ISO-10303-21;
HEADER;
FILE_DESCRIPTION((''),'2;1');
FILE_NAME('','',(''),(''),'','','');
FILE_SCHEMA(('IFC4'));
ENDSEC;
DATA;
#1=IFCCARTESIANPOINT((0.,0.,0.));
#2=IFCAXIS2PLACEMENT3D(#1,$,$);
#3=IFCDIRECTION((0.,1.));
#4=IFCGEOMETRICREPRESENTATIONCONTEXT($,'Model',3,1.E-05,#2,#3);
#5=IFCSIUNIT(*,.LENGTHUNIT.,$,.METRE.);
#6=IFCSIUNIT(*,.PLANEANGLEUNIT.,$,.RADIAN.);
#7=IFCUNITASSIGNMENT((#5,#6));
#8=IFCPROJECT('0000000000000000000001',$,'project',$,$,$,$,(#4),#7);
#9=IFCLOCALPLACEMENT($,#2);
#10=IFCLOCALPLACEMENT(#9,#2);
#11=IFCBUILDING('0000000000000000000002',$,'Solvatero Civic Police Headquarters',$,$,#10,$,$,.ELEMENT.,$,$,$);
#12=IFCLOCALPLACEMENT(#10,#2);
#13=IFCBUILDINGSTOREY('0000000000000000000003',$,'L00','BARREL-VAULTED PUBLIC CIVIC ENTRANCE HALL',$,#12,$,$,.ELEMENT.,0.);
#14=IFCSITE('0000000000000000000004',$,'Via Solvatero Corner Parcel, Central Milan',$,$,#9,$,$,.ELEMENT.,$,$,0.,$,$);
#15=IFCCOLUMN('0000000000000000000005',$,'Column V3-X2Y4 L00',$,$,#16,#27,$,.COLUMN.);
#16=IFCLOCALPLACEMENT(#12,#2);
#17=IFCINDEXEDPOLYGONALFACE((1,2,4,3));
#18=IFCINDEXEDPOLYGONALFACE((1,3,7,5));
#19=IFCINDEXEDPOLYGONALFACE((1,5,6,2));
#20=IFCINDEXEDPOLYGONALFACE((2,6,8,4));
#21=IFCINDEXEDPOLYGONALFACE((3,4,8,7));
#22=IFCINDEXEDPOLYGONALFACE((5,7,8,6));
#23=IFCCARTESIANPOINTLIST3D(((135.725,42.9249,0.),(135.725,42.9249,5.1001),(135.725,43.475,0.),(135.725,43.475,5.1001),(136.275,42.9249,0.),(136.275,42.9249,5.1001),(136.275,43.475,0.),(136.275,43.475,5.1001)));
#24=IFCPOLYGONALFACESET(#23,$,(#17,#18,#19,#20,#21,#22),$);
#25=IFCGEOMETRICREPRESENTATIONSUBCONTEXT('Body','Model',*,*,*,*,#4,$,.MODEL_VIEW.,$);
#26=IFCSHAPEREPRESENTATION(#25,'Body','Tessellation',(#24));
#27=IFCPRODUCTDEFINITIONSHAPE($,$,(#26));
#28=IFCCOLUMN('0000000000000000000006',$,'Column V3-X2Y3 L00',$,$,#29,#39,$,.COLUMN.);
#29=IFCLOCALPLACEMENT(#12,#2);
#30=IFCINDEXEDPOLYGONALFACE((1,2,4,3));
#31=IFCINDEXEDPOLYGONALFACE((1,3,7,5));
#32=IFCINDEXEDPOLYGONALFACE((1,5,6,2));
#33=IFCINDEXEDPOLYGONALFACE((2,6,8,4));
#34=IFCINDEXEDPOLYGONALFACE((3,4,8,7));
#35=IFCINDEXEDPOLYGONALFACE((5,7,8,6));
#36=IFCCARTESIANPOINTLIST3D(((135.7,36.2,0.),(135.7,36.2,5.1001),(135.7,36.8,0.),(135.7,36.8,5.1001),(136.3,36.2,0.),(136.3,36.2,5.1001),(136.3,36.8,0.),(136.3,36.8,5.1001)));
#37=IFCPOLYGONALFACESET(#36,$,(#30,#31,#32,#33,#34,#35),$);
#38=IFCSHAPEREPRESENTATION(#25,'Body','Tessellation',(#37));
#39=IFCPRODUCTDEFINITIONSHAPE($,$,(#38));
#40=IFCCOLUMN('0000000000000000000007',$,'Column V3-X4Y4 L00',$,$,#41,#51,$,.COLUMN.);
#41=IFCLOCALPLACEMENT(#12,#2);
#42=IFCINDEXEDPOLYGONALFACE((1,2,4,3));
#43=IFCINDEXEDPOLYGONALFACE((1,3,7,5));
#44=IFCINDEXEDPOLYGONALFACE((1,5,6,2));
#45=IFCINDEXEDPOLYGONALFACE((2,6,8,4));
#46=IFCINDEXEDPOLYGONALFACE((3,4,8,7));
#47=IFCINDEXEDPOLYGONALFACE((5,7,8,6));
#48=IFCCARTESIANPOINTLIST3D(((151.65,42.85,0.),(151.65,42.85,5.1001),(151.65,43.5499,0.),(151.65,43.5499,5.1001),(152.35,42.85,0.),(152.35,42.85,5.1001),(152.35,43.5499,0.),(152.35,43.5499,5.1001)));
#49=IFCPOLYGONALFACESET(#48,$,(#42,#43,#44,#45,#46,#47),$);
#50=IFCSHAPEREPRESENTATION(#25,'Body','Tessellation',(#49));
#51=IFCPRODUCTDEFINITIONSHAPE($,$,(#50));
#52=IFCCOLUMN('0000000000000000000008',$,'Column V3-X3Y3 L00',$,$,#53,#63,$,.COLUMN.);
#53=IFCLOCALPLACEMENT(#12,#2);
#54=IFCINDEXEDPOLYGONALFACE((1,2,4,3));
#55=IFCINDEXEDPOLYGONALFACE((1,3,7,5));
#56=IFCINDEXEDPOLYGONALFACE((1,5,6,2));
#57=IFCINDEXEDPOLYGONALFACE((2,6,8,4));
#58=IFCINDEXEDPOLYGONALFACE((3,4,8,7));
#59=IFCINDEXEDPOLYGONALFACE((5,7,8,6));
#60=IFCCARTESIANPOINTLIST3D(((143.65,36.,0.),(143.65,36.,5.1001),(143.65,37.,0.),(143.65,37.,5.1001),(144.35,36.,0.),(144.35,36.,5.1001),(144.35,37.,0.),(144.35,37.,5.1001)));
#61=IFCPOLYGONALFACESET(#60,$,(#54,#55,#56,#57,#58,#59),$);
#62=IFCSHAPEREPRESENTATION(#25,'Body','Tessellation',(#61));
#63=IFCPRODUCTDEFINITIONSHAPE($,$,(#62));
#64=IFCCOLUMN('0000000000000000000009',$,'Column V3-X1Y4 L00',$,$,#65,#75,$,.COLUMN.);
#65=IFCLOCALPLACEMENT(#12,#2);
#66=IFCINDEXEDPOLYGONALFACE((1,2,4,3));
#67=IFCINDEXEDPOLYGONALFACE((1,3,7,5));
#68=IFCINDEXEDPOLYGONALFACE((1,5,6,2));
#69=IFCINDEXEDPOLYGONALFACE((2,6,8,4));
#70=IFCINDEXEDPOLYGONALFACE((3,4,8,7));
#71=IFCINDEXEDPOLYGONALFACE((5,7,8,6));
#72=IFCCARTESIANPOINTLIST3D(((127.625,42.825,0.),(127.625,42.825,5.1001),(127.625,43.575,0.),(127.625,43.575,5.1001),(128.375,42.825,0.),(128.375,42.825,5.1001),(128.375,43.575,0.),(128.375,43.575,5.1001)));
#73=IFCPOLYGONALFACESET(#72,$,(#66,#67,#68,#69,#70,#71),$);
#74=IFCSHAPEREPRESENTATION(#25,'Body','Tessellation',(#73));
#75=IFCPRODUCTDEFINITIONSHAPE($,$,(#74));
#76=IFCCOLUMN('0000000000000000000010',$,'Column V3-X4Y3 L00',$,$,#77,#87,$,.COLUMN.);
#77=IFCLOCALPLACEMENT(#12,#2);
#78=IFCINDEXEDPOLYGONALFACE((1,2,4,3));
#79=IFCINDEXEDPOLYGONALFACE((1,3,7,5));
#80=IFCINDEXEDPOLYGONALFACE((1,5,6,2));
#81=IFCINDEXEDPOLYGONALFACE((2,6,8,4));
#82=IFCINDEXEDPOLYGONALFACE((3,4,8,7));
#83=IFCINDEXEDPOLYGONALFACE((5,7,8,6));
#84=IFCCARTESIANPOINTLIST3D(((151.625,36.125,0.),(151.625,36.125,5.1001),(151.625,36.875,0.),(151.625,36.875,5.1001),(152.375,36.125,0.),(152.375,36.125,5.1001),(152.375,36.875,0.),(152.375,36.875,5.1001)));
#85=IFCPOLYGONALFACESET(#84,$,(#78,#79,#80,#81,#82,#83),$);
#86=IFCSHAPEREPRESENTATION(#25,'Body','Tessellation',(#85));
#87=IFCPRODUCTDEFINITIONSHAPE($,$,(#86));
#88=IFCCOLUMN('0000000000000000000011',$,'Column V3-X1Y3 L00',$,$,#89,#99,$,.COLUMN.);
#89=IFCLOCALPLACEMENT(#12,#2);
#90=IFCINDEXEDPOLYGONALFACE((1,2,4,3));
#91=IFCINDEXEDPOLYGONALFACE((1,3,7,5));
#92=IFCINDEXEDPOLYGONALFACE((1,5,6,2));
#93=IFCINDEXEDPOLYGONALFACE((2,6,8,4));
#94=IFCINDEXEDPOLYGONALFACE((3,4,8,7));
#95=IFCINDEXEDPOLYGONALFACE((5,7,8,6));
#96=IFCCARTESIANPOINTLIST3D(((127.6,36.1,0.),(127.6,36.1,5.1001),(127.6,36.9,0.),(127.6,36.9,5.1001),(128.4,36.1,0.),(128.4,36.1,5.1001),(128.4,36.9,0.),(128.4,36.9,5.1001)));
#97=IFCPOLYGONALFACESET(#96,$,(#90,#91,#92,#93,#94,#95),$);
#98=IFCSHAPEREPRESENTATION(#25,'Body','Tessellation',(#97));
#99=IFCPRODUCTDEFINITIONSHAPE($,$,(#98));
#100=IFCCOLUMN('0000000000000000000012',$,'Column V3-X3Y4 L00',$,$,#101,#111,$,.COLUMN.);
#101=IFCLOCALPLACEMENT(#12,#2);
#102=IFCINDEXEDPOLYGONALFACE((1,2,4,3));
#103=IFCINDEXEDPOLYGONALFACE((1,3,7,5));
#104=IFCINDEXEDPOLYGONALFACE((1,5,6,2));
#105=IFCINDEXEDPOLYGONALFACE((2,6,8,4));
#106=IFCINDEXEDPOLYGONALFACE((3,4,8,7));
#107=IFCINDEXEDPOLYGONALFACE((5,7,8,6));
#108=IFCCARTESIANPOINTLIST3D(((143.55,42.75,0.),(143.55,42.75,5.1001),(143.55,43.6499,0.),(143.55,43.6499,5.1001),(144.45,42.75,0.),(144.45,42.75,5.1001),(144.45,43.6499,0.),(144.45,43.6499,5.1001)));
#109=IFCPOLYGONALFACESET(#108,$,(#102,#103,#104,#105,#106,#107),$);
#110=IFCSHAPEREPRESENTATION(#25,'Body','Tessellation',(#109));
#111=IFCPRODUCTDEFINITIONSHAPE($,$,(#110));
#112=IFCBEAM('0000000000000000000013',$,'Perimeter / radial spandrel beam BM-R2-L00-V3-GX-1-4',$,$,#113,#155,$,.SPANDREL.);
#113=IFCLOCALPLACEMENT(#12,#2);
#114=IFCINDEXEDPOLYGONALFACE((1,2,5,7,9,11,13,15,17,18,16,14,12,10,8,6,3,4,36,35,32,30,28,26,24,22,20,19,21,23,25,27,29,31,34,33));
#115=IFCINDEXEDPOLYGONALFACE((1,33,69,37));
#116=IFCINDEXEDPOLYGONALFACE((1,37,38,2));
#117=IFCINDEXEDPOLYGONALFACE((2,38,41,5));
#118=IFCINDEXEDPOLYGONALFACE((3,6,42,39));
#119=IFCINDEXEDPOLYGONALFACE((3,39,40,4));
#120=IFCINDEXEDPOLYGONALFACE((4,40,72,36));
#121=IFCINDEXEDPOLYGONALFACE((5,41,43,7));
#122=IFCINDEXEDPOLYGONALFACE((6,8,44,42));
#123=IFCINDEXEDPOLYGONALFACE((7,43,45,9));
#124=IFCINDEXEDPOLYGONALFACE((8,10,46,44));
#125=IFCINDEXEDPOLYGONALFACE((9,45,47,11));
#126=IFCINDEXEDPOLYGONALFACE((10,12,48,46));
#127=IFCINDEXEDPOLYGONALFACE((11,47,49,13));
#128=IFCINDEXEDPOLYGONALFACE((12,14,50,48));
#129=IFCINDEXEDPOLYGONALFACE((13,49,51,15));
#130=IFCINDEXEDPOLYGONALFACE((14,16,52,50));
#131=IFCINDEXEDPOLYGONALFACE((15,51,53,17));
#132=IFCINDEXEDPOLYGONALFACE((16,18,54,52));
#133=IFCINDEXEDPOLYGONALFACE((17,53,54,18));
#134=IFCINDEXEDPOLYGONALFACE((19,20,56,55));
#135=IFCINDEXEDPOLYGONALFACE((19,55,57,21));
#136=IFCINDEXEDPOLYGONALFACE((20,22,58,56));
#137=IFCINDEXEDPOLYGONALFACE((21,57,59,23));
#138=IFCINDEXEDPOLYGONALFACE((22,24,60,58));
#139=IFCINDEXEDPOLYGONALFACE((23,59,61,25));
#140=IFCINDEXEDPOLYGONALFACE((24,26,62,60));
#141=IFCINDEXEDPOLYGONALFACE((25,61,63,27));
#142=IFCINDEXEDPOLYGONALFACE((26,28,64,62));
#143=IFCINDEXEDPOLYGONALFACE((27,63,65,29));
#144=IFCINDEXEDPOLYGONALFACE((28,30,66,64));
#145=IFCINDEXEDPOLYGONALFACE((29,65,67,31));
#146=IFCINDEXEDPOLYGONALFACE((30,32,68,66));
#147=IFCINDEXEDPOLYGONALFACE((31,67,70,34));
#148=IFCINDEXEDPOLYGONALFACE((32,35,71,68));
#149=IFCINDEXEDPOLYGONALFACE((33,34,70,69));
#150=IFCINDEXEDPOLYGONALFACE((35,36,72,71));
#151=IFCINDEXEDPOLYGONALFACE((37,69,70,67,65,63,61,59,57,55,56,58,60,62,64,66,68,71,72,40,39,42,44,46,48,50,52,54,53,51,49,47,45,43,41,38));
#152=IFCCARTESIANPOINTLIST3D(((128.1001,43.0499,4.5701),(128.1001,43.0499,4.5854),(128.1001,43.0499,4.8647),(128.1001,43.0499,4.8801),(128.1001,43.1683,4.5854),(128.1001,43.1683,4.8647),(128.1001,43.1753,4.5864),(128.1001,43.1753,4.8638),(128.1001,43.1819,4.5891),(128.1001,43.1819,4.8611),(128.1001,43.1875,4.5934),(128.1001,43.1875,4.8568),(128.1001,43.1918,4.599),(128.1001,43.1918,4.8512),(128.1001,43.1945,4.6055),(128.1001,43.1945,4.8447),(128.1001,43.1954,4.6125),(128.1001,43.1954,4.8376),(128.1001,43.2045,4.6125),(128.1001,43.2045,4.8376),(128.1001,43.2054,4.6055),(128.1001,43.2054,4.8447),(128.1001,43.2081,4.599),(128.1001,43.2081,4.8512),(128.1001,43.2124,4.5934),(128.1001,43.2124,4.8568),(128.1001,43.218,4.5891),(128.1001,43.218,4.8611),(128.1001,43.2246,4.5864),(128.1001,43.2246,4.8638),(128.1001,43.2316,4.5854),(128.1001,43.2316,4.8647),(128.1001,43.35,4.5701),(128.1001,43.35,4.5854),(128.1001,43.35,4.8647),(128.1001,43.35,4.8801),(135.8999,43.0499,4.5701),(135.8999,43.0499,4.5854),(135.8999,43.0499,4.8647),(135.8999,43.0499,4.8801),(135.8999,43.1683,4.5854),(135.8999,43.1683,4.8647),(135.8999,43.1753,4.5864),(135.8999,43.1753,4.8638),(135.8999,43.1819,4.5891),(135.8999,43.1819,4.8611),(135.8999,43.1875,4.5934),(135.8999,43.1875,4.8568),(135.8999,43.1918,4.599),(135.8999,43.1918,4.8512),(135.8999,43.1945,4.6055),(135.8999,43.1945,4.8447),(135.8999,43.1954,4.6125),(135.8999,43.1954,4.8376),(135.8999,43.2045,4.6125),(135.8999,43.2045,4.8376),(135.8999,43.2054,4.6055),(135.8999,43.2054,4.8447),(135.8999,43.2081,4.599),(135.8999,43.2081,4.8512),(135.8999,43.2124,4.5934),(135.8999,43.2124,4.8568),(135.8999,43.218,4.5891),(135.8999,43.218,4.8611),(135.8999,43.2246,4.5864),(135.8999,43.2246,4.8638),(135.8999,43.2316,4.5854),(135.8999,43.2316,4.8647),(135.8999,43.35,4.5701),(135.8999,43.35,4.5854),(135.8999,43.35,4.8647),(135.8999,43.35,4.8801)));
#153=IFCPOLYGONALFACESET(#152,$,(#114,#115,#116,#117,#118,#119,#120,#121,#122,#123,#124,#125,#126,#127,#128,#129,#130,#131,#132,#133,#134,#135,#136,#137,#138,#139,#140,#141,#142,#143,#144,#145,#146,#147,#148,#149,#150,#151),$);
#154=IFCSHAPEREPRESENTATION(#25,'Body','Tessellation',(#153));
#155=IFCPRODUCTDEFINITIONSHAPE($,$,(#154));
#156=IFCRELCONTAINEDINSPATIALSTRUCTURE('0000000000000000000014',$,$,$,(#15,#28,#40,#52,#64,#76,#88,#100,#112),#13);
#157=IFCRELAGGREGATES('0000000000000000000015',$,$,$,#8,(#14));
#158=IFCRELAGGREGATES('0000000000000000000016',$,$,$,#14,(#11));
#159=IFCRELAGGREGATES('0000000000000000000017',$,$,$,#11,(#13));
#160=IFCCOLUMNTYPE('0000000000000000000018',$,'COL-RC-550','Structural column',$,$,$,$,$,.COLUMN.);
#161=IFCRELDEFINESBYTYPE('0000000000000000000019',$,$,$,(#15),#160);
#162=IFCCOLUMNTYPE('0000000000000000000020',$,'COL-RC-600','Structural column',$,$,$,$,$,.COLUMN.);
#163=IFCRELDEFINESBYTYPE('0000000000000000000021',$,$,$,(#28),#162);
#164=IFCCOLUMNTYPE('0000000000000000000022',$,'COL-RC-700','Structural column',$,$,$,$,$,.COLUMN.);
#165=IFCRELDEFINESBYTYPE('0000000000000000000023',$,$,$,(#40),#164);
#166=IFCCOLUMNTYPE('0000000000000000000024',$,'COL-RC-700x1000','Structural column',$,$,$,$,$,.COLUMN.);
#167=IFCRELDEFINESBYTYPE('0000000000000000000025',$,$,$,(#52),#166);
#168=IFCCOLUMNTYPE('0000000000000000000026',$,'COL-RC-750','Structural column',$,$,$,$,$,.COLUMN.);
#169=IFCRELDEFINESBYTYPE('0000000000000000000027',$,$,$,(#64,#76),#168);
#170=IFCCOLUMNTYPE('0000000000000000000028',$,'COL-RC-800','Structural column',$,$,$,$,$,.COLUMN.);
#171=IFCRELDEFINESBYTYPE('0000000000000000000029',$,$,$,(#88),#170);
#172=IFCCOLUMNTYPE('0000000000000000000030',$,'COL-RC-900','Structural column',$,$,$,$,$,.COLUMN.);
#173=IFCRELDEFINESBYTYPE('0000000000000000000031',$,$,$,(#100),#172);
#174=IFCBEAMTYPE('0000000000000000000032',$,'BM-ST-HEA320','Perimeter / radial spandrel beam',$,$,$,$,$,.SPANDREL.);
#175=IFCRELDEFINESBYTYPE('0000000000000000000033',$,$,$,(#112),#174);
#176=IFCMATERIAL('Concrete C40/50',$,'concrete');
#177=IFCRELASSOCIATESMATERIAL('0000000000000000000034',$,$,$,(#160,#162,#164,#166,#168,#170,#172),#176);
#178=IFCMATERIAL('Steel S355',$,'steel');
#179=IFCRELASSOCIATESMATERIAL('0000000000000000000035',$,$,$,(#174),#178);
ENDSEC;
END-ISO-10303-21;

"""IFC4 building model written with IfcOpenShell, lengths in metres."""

from ifc_helpers import new_model, si_unit, direction, frame, origin, origin_2d, place, context, subcontext, project, spatial, rectangle, i_section, extrude, material, material_profile, profile_set, type_object, element, save


model = new_model("IFC4")

# Units and contexts
model_context = context("Model", 3, precision=1e-05, world=origin(), true_north=direction((0.0, 1.0)))
body_context = subcontext(model_context, "Body", "Model", "MODEL_VIEW")
ifc_project = project(units=[si_unit("LENGTHUNIT", "METRE"), si_unit("PLANEANGLEUNIT", "RADIAN")], contexts=[model_context])

# Site, building, storey
site_placement = place(None, origin())
site = spatial("IfcSite", under=ifc_project, at=site_placement, Name="Via Solvatero Corner Parcel, Central Milan", CompositionType="ELEMENT", RefElevation=0.0)
building_placement = place(site_placement, origin())
building = spatial("IfcBuilding", under=site, at=building_placement, Name="Solvatero Civic Police Headquarters", CompositionType="ELEMENT")
storey_placement = place(building_placement, origin())
storey = spatial("IfcBuildingStorey", under=building, at=storey_placement, Name="L00", Description="BARREL-VAULTED PUBLIC CIVIC ENTRANCE HALL", CompositionType="ELEMENT", Elevation=0.0)

# Columns
ifc_material_1 = material(Name="Concrete C40/50", Category="concrete")
ifc_material_profile_1 = material_profile(ifc_material_1, rectangle(XDim=0.55, YDim=0.55, at=origin_2d()), Name="RC 550x550")
ifc_profile_set_1 = profile_set([ifc_material_profile_1], Name="Concrete C40/50")
column_type_1 = type_object("IfcColumnType", Name="COL-RC-550", Description="Structural column", PredefinedType="COLUMN", material=ifc_profile_set_1)
column_1_placement = place(storey_placement, frame((136.0, 43.2, 0.0), z_axis=(0.0, 0.0, 1.0), x_axis=(1.0, 0.0, 0.0)))
element("IfcColumn", 1, at=column_1_placement, inside=storey, type_object=column_type_1, Name="Column V3-X2Y4 L00", PredefinedType="COLUMN", context=body_context, shape_type="SweptSolid", body=[
    extrude(rectangle(XDim=0.55, YDim=0.55, at=origin_2d()), origin(), (0.0, 0.0, 1.0), 5.1001),
])
ifc_material_profile_2 = material_profile(ifc_material_1, rectangle(XDim=0.6001, YDim=0.6001, at=origin_2d()), Name="RC 600x600")
ifc_profile_set_2 = profile_set([ifc_material_profile_2], Name="Concrete C40/50")
column_type_2 = type_object("IfcColumnType", Name="COL-RC-600", Description="Structural column", PredefinedType="COLUMN", material=ifc_profile_set_2)
column_2_placement = place(storey_placement, frame((136.0, 36.5, 0.0), z_axis=(0.0, 0.0, 1.0), x_axis=(1.0, 0.0, 0.0)))
element("IfcColumn", 2, at=column_2_placement, inside=storey, type_object=column_type_2, Name="Column V3-X2Y3 L00", PredefinedType="COLUMN", context=body_context, shape_type="SweptSolid", body=[
    extrude(rectangle(XDim=0.6001, YDim=0.6001, at=origin_2d()), origin(), (0.0, 0.0, 1.0), 5.1001),
])
ifc_material_profile_3 = material_profile(ifc_material_1, rectangle(XDim=0.7, YDim=0.7, at=origin_2d()), Name="RC 700x700")
ifc_profile_set_3 = profile_set([ifc_material_profile_3], Name="Concrete C40/50")
column_type_3 = type_object("IfcColumnType", Name="COL-RC-700", Description="Structural column", PredefinedType="COLUMN", material=ifc_profile_set_3)
column_3_placement = place(storey_placement, frame((152.0, 43.2, 0.0), z_axis=(0.0, 0.0, 1.0), x_axis=(1.0, 0.0, 0.0)))
element("IfcColumn", 3, at=column_3_placement, inside=storey, type_object=column_type_3, Name="Column V3-X4Y4 L00", PredefinedType="COLUMN", context=body_context, shape_type="SweptSolid", body=[
    extrude(rectangle(XDim=0.7, YDim=0.7, at=origin_2d()), origin(), (0.0, 0.0, 1.0), 5.1001),
])
ifc_material_profile_4 = material_profile(ifc_material_1, rectangle(XDim=0.7, YDim=1.0, at=origin_2d()), Name="RC 700x1000")
ifc_profile_set_4 = profile_set([ifc_material_profile_4], Name="Concrete C40/50")
column_type_4 = type_object("IfcColumnType", Name="COL-RC-700x1000", Description="Structural column", PredefinedType="COLUMN", material=ifc_profile_set_4)
column_4_placement = place(storey_placement, frame((144.0, 36.5, 0.0), z_axis=(0.0, 0.0, 1.0), x_axis=(1.0, 0.0, 0.0)))
element("IfcColumn", 4, at=column_4_placement, inside=storey, type_object=column_type_4, Name="Column V3-X3Y3 L00", PredefinedType="COLUMN", context=body_context, shape_type="SweptSolid", body=[
    extrude(rectangle(XDim=0.7, YDim=1.0, at=origin_2d()), origin(), (0.0, 0.0, 1.0), 5.1001),
])
ifc_material_profile_5 = material_profile(ifc_material_1, rectangle(XDim=0.75, YDim=0.75, at=origin_2d()), Name="RC 750x750")
ifc_profile_set_5 = profile_set([ifc_material_profile_5], Name="Concrete C40/50")
column_type_5 = type_object("IfcColumnType", Name="COL-RC-750", Description="Structural column", PredefinedType="COLUMN", material=ifc_profile_set_5)
for number, where, z_axis, x_axis, name in (
    (5, (128.0, 43.2, 0.0), (0.0, 0.0, 1.0), (1.0, 0.0, 0.0), "Column V3-X1Y4 L00"),
    (6, (152.0, 36.5, 0.0), (0.0, 0.0, 1.0), (1.0, 0.0, 0.0), "Column V3-X4Y3 L00"),
):
    element("IfcColumn", number, at=place(storey_placement, frame(where, z_axis=z_axis, x_axis=x_axis)), inside=storey, type_object=column_type_5, Name=name, PredefinedType="COLUMN", context=body_context, shape_type="SweptSolid", body=[
        extrude(rectangle(XDim=0.75, YDim=0.75, at=origin_2d()), origin(), (0.0, 0.0, 1.0), 5.1001),
    ])
ifc_material_profile_6 = material_profile(ifc_material_1, rectangle(XDim=0.8, YDim=0.8, at=origin_2d()), Name="RC 800x800")
ifc_profile_set_6 = profile_set([ifc_material_profile_6], Name="Concrete C40/50")
column_type_6 = type_object("IfcColumnType", Name="COL-RC-800", Description="Structural column", PredefinedType="COLUMN", material=ifc_profile_set_6)
column_5_placement = place(storey_placement, frame((128.0, 36.5, 0.0), z_axis=(0.0, 0.0, 1.0), x_axis=(1.0, 0.0, 0.0)))
element("IfcColumn", 7, at=column_5_placement, inside=storey, type_object=column_type_6, Name="Column V3-X1Y3 L00", PredefinedType="COLUMN", context=body_context, shape_type="SweptSolid", body=[
    extrude(rectangle(XDim=0.8, YDim=0.8, at=origin_2d()), origin(), (0.0, 0.0, 1.0), 5.1001),
])
ifc_material_profile_7 = material_profile(ifc_material_1, rectangle(XDim=0.8999, YDim=0.8999, at=origin_2d()), Name="RC 900x900")
ifc_profile_set_7 = profile_set([ifc_material_profile_7], Name="Concrete C40/50")
column_type_7 = type_object("IfcColumnType", Name="COL-RC-900", Description="Structural column", PredefinedType="COLUMN", material=ifc_profile_set_7)
column_6_placement = place(storey_placement, frame((144.0, 43.2, 0.0), z_axis=(0.0, 0.0, 1.0), x_axis=(1.0, 0.0, 0.0)))
element("IfcColumn", 8, at=column_6_placement, inside=storey, type_object=column_type_7, Name="Column V3-X3Y4 L00", PredefinedType="COLUMN", context=body_context, shape_type="SweptSolid", body=[
    extrude(rectangle(XDim=0.8999, YDim=0.8999, at=origin_2d()), origin(), (0.0, 0.0, 1.0), 5.1001),
])

# Beam
ifc_material_2 = material(Name="Steel S355", Category="steel")
ifc_material_profile_8 = material_profile(ifc_material_2, i_section(OverallWidth=0.3, OverallDepth=0.3101, WebThickness=0.009, FlangeThickness=0.0154, FilletRadius=0.0271, at=origin_2d()), Name="HEA 320")
ifc_profile_set_8 = profile_set([ifc_material_profile_8], Name="Steel S355")
beam_type_1 = type_object("IfcBeamType", Name="BM-ST-HEA320", Description="Perimeter / radial spandrel beam", PredefinedType="SPANDREL", material=ifc_profile_set_8)
for number, where, z_axis, x_axis, name in (
    (9, (128.1001, 43.2, 4.7251), (1.0, 0.0, 0.0), (0.0, 1.0, 0.0), "Perimeter / radial spandrel beam BM-R2-L00-V3-GX-1-4"),
):
    element("IfcBeam", number, at=place(storey_placement, frame(where, z_axis=z_axis, x_axis=x_axis)), inside=storey, type_object=beam_type_1, Name=name, PredefinedType="SPANDREL", context=body_context, shape_type="SweptSolid", body=[
        extrude(i_section(OverallWidth=0.3, OverallDepth=0.3101, WebThickness=0.009, FlangeThickness=0.0154, FilletRadius=0.0271, at=origin_2d()), origin(), (0.0, 0.0, 1.0), 7.7998),
    ])

save(model, "model.ifc")
